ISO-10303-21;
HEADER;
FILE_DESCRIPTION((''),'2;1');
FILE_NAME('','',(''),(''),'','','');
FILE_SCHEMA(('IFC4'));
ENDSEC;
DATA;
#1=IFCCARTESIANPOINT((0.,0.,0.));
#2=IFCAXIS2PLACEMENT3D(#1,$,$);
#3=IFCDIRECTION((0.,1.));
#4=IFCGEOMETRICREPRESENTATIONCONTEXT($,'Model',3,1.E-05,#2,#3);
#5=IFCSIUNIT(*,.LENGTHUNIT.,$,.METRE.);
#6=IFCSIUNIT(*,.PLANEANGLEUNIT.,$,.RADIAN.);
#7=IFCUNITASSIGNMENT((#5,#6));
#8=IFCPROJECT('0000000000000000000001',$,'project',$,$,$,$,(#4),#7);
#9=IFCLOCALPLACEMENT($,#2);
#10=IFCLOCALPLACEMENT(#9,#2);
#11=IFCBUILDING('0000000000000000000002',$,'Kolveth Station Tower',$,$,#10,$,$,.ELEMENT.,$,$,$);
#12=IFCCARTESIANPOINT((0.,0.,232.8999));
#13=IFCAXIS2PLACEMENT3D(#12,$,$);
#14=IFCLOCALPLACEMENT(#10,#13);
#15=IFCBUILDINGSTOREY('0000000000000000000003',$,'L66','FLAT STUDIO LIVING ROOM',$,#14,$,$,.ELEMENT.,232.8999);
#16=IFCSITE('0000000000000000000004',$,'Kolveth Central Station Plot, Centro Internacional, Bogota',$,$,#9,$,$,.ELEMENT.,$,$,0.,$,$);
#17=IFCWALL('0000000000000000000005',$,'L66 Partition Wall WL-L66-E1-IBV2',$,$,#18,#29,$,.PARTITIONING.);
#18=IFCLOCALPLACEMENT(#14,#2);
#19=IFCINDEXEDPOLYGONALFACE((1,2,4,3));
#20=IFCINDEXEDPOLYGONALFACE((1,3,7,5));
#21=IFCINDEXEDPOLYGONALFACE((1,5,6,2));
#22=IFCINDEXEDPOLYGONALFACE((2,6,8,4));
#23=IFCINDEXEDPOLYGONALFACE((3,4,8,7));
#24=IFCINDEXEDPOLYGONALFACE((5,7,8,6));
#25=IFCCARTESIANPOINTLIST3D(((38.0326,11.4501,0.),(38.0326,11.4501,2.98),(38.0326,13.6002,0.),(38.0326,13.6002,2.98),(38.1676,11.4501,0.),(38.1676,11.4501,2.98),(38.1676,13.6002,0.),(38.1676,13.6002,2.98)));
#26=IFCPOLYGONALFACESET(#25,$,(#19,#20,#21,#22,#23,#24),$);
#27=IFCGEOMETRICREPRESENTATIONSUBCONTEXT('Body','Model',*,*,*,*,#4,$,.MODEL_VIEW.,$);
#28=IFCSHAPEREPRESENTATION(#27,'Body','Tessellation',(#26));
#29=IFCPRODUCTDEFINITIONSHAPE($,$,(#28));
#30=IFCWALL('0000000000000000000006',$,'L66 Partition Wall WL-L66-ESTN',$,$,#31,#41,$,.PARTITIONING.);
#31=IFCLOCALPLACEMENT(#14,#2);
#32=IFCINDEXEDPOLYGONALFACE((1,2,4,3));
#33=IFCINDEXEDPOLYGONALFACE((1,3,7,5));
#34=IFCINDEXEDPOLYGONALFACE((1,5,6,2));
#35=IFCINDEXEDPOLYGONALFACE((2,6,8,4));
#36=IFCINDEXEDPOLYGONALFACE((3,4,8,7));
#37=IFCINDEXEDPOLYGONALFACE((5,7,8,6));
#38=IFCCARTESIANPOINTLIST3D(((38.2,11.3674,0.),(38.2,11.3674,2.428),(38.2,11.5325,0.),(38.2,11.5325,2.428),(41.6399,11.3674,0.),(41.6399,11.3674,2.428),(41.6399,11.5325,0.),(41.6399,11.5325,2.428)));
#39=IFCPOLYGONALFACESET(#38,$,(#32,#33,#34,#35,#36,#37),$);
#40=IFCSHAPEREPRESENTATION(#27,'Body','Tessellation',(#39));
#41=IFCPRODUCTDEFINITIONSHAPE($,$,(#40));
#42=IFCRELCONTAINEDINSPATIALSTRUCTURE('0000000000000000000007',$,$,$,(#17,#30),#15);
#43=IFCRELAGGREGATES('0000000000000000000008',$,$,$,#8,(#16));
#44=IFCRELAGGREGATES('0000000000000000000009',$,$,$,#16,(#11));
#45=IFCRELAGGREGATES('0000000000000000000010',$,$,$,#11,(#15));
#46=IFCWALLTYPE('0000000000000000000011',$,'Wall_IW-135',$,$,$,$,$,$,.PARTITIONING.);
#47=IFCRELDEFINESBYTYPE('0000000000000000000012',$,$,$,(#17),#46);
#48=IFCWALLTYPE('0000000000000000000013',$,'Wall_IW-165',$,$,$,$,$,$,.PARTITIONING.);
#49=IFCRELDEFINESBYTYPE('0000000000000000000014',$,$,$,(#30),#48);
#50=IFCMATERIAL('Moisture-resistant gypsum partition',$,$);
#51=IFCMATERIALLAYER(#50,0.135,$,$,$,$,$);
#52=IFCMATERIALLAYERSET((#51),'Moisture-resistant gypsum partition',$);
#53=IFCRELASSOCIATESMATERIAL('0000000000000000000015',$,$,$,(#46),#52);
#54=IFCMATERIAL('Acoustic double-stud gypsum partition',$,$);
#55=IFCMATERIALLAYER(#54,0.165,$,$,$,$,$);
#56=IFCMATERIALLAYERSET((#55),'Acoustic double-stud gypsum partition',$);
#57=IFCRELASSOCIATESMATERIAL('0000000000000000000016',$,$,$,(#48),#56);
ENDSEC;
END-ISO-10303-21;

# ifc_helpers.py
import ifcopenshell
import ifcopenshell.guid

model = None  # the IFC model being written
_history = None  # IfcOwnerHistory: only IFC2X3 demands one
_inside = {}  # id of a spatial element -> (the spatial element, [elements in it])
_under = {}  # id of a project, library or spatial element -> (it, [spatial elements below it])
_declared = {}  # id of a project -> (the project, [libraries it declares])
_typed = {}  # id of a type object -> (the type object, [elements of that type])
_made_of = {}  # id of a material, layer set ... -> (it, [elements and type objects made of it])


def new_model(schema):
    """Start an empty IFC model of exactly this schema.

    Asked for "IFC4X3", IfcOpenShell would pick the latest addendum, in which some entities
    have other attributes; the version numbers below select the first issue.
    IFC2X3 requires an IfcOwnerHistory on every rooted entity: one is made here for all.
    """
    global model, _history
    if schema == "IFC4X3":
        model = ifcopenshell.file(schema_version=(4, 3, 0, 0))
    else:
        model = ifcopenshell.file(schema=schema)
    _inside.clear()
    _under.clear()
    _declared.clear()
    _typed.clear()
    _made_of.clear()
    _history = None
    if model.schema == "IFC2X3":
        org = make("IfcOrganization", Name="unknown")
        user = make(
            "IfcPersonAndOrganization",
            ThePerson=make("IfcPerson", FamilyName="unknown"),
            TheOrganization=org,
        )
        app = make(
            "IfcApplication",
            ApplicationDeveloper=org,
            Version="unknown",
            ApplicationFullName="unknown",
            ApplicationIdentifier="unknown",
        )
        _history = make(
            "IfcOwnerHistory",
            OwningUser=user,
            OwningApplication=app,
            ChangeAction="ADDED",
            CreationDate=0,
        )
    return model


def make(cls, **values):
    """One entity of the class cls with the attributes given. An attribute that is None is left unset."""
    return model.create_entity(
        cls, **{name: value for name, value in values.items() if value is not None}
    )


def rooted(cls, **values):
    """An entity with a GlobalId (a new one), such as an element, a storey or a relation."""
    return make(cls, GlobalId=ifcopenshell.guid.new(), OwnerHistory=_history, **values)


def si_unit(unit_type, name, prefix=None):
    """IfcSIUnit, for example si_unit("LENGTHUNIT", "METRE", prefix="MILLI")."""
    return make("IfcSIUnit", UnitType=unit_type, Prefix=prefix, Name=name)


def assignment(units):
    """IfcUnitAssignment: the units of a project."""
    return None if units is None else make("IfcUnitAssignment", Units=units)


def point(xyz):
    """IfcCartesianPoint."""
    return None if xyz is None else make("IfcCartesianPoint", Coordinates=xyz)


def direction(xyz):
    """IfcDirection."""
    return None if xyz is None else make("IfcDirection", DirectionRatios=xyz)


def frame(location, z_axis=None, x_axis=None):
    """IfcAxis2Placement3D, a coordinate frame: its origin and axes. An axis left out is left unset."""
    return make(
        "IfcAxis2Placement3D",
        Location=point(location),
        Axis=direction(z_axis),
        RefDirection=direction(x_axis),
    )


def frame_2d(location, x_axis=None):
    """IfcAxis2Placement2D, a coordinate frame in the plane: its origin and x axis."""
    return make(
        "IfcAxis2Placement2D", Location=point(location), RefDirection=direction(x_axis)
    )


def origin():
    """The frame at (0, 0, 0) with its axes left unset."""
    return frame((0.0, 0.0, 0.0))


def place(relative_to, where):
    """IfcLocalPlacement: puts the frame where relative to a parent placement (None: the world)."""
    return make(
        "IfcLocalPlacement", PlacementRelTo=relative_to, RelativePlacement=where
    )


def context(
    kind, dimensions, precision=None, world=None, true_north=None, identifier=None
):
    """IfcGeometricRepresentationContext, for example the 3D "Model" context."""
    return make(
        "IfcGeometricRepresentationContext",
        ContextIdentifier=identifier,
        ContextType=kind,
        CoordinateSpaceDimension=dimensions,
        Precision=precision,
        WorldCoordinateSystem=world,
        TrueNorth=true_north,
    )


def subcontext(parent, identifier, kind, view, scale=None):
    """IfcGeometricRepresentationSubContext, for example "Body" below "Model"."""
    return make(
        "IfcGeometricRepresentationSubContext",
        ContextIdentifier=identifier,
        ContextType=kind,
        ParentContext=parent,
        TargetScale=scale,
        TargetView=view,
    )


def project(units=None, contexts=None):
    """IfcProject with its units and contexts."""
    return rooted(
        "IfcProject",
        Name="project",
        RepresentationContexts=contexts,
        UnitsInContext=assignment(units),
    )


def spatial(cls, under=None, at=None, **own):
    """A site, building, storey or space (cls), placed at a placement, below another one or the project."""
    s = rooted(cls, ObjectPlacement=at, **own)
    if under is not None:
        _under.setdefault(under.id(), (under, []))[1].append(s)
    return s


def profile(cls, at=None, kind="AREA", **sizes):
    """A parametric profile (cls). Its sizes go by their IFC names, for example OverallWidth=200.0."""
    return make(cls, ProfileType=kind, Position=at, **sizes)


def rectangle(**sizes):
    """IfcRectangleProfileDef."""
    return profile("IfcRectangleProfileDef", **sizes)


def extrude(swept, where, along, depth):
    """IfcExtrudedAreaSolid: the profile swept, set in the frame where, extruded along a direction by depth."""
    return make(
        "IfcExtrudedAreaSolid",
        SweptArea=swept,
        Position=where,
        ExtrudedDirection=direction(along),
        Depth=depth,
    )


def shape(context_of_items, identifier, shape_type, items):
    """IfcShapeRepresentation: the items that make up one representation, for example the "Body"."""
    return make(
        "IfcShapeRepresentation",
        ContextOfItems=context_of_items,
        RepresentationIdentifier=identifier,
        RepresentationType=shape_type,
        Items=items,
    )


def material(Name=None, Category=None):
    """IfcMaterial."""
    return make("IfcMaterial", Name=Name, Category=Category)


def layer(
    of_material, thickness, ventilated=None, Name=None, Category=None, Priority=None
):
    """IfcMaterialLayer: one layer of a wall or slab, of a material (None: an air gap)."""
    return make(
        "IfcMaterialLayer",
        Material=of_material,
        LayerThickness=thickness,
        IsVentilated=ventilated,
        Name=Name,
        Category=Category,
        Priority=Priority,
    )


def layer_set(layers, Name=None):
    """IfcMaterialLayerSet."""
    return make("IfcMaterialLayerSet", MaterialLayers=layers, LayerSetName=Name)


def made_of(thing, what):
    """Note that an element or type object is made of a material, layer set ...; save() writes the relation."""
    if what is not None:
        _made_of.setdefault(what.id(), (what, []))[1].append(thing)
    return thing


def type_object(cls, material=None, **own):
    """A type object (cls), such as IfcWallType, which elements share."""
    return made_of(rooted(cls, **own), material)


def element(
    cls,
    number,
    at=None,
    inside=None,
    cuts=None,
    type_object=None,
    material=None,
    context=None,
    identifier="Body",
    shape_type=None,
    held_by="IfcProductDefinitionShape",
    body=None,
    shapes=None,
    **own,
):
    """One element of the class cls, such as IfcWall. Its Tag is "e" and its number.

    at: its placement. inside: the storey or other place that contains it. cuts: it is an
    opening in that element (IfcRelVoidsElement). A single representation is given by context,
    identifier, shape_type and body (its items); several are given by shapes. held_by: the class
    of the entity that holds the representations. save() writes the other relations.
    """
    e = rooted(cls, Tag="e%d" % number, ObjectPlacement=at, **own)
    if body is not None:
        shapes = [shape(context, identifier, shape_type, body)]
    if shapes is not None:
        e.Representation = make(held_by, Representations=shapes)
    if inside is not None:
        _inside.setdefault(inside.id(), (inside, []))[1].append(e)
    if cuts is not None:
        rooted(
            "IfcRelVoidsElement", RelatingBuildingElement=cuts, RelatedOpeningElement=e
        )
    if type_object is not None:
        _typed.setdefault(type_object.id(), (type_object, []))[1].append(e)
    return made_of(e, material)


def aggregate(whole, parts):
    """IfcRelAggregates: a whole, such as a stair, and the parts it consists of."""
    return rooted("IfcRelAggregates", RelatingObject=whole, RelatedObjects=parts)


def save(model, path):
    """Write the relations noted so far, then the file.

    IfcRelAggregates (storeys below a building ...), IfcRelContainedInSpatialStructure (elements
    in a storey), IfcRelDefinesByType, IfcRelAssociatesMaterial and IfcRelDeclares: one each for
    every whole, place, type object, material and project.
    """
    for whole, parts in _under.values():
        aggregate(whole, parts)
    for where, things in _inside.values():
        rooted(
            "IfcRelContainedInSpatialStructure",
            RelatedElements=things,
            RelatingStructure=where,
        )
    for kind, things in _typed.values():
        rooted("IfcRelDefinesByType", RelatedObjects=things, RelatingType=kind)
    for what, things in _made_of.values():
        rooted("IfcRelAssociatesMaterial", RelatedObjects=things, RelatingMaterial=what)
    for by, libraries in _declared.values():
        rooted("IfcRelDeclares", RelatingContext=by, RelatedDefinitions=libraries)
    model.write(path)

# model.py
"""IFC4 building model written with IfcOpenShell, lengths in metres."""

from ifc_helpers import new_model, si_unit, direction, frame, frame_2d, origin, place, context, subcontext, project, spatial, rectangle, extrude, material, layer, layer_set, type_object, element, save


model = new_model("IFC4")

# Units and contexts
model_context = context("Model", 3, precision=1e-05, world=origin(), true_north=direction((0.0, 1.0)))
body_context = subcontext(model_context, "Body", "Model", "MODEL_VIEW")
ifc_project = project(units=[si_unit("LENGTHUNIT", "METRE"), si_unit("PLANEANGLEUNIT", "RADIAN")], contexts=[model_context])

# Site, building, storey
site_placement = place(None, origin())
site = spatial("IfcSite", under=ifc_project, at=site_placement, Name="Kolveth Central Station Plot, Centro Internacional, Bogota", CompositionType="ELEMENT", RefElevation=0.0)
building_placement = place(site_placement, origin())
building = spatial("IfcBuilding", under=site, at=building_placement, Name="Kolveth Station Tower", CompositionType="ELEMENT")
storey_placement = place(building_placement, frame((0.0, 0.0, 232.8999)))
storey = spatial("IfcBuildingStorey", under=building, at=storey_placement, Name="L66", Description="FLAT STUDIO LIVING ROOM", CompositionType="ELEMENT", Elevation=232.8999)

# Shared definitions
ifc_material_1 = material(Name="Moisture-resistant gypsum partition")
ifc_layer_1 = layer(ifc_material_1, 0.135)
ifc_layer_set_1 = layer_set([ifc_layer_1], Name="Moisture-resistant gypsum partition")
wall_type_1 = type_object("IfcWallType", Name="Wall_IW-135", PredefinedType="PARTITIONING", material=ifc_layer_set_1)

# Wall
for number, where, z_axis, x_axis, name in (
    (1, (38.1001, 11.45, 0.0), (0.0, 0.0, 1.0), (0.0, 1.0, 0.0), "L66 Partition Wall WL-L66-E1-IBV2"),
):
    element("IfcWall", number, at=place(storey_placement, frame(where, z_axis=z_axis, x_axis=x_axis)), inside=storey, type_object=wall_type_1, Name=name, PredefinedType="PARTITIONING", context=body_context, shape_type="SweptSolid", body=[
        extrude(rectangle(XDim=2.1501, YDim=0.135, at=frame_2d((1.0752, 0.0))), origin(), (0.0, 0.0, 1.0), 2.98),
    ])

# Shared definitions
ifc_material_2 = material(Name="Acoustic double-stud gypsum partition")
ifc_layer_2 = layer(ifc_material_2, 0.165)
ifc_layer_set_2 = layer_set([ifc_layer_2], Name="Acoustic double-stud gypsum partition")
wall_type_2 = type_object("IfcWallType", Name="Wall_IW-165", PredefinedType="PARTITIONING", material=ifc_layer_set_2)

# Wall
wall_1_placement = place(storey_placement, frame((38.2, 11.45, 0.0), z_axis=(0.0, 0.0, 1.0), x_axis=(1.0, 0.0, 0.0)))
element("IfcWall", 2, at=wall_1_placement, inside=storey, type_object=wall_type_2, Name="L66 Partition Wall WL-L66-ESTN", PredefinedType="PARTITIONING", context=body_context, shape_type="SweptSolid", body=[
    extrude(rectangle(XDim=3.4399, YDim=0.165, at=frame_2d((1.72, 0.0))), origin(), (0.0, 0.0, 1.0), 2.428),
])

save(model, "model.ifc")
